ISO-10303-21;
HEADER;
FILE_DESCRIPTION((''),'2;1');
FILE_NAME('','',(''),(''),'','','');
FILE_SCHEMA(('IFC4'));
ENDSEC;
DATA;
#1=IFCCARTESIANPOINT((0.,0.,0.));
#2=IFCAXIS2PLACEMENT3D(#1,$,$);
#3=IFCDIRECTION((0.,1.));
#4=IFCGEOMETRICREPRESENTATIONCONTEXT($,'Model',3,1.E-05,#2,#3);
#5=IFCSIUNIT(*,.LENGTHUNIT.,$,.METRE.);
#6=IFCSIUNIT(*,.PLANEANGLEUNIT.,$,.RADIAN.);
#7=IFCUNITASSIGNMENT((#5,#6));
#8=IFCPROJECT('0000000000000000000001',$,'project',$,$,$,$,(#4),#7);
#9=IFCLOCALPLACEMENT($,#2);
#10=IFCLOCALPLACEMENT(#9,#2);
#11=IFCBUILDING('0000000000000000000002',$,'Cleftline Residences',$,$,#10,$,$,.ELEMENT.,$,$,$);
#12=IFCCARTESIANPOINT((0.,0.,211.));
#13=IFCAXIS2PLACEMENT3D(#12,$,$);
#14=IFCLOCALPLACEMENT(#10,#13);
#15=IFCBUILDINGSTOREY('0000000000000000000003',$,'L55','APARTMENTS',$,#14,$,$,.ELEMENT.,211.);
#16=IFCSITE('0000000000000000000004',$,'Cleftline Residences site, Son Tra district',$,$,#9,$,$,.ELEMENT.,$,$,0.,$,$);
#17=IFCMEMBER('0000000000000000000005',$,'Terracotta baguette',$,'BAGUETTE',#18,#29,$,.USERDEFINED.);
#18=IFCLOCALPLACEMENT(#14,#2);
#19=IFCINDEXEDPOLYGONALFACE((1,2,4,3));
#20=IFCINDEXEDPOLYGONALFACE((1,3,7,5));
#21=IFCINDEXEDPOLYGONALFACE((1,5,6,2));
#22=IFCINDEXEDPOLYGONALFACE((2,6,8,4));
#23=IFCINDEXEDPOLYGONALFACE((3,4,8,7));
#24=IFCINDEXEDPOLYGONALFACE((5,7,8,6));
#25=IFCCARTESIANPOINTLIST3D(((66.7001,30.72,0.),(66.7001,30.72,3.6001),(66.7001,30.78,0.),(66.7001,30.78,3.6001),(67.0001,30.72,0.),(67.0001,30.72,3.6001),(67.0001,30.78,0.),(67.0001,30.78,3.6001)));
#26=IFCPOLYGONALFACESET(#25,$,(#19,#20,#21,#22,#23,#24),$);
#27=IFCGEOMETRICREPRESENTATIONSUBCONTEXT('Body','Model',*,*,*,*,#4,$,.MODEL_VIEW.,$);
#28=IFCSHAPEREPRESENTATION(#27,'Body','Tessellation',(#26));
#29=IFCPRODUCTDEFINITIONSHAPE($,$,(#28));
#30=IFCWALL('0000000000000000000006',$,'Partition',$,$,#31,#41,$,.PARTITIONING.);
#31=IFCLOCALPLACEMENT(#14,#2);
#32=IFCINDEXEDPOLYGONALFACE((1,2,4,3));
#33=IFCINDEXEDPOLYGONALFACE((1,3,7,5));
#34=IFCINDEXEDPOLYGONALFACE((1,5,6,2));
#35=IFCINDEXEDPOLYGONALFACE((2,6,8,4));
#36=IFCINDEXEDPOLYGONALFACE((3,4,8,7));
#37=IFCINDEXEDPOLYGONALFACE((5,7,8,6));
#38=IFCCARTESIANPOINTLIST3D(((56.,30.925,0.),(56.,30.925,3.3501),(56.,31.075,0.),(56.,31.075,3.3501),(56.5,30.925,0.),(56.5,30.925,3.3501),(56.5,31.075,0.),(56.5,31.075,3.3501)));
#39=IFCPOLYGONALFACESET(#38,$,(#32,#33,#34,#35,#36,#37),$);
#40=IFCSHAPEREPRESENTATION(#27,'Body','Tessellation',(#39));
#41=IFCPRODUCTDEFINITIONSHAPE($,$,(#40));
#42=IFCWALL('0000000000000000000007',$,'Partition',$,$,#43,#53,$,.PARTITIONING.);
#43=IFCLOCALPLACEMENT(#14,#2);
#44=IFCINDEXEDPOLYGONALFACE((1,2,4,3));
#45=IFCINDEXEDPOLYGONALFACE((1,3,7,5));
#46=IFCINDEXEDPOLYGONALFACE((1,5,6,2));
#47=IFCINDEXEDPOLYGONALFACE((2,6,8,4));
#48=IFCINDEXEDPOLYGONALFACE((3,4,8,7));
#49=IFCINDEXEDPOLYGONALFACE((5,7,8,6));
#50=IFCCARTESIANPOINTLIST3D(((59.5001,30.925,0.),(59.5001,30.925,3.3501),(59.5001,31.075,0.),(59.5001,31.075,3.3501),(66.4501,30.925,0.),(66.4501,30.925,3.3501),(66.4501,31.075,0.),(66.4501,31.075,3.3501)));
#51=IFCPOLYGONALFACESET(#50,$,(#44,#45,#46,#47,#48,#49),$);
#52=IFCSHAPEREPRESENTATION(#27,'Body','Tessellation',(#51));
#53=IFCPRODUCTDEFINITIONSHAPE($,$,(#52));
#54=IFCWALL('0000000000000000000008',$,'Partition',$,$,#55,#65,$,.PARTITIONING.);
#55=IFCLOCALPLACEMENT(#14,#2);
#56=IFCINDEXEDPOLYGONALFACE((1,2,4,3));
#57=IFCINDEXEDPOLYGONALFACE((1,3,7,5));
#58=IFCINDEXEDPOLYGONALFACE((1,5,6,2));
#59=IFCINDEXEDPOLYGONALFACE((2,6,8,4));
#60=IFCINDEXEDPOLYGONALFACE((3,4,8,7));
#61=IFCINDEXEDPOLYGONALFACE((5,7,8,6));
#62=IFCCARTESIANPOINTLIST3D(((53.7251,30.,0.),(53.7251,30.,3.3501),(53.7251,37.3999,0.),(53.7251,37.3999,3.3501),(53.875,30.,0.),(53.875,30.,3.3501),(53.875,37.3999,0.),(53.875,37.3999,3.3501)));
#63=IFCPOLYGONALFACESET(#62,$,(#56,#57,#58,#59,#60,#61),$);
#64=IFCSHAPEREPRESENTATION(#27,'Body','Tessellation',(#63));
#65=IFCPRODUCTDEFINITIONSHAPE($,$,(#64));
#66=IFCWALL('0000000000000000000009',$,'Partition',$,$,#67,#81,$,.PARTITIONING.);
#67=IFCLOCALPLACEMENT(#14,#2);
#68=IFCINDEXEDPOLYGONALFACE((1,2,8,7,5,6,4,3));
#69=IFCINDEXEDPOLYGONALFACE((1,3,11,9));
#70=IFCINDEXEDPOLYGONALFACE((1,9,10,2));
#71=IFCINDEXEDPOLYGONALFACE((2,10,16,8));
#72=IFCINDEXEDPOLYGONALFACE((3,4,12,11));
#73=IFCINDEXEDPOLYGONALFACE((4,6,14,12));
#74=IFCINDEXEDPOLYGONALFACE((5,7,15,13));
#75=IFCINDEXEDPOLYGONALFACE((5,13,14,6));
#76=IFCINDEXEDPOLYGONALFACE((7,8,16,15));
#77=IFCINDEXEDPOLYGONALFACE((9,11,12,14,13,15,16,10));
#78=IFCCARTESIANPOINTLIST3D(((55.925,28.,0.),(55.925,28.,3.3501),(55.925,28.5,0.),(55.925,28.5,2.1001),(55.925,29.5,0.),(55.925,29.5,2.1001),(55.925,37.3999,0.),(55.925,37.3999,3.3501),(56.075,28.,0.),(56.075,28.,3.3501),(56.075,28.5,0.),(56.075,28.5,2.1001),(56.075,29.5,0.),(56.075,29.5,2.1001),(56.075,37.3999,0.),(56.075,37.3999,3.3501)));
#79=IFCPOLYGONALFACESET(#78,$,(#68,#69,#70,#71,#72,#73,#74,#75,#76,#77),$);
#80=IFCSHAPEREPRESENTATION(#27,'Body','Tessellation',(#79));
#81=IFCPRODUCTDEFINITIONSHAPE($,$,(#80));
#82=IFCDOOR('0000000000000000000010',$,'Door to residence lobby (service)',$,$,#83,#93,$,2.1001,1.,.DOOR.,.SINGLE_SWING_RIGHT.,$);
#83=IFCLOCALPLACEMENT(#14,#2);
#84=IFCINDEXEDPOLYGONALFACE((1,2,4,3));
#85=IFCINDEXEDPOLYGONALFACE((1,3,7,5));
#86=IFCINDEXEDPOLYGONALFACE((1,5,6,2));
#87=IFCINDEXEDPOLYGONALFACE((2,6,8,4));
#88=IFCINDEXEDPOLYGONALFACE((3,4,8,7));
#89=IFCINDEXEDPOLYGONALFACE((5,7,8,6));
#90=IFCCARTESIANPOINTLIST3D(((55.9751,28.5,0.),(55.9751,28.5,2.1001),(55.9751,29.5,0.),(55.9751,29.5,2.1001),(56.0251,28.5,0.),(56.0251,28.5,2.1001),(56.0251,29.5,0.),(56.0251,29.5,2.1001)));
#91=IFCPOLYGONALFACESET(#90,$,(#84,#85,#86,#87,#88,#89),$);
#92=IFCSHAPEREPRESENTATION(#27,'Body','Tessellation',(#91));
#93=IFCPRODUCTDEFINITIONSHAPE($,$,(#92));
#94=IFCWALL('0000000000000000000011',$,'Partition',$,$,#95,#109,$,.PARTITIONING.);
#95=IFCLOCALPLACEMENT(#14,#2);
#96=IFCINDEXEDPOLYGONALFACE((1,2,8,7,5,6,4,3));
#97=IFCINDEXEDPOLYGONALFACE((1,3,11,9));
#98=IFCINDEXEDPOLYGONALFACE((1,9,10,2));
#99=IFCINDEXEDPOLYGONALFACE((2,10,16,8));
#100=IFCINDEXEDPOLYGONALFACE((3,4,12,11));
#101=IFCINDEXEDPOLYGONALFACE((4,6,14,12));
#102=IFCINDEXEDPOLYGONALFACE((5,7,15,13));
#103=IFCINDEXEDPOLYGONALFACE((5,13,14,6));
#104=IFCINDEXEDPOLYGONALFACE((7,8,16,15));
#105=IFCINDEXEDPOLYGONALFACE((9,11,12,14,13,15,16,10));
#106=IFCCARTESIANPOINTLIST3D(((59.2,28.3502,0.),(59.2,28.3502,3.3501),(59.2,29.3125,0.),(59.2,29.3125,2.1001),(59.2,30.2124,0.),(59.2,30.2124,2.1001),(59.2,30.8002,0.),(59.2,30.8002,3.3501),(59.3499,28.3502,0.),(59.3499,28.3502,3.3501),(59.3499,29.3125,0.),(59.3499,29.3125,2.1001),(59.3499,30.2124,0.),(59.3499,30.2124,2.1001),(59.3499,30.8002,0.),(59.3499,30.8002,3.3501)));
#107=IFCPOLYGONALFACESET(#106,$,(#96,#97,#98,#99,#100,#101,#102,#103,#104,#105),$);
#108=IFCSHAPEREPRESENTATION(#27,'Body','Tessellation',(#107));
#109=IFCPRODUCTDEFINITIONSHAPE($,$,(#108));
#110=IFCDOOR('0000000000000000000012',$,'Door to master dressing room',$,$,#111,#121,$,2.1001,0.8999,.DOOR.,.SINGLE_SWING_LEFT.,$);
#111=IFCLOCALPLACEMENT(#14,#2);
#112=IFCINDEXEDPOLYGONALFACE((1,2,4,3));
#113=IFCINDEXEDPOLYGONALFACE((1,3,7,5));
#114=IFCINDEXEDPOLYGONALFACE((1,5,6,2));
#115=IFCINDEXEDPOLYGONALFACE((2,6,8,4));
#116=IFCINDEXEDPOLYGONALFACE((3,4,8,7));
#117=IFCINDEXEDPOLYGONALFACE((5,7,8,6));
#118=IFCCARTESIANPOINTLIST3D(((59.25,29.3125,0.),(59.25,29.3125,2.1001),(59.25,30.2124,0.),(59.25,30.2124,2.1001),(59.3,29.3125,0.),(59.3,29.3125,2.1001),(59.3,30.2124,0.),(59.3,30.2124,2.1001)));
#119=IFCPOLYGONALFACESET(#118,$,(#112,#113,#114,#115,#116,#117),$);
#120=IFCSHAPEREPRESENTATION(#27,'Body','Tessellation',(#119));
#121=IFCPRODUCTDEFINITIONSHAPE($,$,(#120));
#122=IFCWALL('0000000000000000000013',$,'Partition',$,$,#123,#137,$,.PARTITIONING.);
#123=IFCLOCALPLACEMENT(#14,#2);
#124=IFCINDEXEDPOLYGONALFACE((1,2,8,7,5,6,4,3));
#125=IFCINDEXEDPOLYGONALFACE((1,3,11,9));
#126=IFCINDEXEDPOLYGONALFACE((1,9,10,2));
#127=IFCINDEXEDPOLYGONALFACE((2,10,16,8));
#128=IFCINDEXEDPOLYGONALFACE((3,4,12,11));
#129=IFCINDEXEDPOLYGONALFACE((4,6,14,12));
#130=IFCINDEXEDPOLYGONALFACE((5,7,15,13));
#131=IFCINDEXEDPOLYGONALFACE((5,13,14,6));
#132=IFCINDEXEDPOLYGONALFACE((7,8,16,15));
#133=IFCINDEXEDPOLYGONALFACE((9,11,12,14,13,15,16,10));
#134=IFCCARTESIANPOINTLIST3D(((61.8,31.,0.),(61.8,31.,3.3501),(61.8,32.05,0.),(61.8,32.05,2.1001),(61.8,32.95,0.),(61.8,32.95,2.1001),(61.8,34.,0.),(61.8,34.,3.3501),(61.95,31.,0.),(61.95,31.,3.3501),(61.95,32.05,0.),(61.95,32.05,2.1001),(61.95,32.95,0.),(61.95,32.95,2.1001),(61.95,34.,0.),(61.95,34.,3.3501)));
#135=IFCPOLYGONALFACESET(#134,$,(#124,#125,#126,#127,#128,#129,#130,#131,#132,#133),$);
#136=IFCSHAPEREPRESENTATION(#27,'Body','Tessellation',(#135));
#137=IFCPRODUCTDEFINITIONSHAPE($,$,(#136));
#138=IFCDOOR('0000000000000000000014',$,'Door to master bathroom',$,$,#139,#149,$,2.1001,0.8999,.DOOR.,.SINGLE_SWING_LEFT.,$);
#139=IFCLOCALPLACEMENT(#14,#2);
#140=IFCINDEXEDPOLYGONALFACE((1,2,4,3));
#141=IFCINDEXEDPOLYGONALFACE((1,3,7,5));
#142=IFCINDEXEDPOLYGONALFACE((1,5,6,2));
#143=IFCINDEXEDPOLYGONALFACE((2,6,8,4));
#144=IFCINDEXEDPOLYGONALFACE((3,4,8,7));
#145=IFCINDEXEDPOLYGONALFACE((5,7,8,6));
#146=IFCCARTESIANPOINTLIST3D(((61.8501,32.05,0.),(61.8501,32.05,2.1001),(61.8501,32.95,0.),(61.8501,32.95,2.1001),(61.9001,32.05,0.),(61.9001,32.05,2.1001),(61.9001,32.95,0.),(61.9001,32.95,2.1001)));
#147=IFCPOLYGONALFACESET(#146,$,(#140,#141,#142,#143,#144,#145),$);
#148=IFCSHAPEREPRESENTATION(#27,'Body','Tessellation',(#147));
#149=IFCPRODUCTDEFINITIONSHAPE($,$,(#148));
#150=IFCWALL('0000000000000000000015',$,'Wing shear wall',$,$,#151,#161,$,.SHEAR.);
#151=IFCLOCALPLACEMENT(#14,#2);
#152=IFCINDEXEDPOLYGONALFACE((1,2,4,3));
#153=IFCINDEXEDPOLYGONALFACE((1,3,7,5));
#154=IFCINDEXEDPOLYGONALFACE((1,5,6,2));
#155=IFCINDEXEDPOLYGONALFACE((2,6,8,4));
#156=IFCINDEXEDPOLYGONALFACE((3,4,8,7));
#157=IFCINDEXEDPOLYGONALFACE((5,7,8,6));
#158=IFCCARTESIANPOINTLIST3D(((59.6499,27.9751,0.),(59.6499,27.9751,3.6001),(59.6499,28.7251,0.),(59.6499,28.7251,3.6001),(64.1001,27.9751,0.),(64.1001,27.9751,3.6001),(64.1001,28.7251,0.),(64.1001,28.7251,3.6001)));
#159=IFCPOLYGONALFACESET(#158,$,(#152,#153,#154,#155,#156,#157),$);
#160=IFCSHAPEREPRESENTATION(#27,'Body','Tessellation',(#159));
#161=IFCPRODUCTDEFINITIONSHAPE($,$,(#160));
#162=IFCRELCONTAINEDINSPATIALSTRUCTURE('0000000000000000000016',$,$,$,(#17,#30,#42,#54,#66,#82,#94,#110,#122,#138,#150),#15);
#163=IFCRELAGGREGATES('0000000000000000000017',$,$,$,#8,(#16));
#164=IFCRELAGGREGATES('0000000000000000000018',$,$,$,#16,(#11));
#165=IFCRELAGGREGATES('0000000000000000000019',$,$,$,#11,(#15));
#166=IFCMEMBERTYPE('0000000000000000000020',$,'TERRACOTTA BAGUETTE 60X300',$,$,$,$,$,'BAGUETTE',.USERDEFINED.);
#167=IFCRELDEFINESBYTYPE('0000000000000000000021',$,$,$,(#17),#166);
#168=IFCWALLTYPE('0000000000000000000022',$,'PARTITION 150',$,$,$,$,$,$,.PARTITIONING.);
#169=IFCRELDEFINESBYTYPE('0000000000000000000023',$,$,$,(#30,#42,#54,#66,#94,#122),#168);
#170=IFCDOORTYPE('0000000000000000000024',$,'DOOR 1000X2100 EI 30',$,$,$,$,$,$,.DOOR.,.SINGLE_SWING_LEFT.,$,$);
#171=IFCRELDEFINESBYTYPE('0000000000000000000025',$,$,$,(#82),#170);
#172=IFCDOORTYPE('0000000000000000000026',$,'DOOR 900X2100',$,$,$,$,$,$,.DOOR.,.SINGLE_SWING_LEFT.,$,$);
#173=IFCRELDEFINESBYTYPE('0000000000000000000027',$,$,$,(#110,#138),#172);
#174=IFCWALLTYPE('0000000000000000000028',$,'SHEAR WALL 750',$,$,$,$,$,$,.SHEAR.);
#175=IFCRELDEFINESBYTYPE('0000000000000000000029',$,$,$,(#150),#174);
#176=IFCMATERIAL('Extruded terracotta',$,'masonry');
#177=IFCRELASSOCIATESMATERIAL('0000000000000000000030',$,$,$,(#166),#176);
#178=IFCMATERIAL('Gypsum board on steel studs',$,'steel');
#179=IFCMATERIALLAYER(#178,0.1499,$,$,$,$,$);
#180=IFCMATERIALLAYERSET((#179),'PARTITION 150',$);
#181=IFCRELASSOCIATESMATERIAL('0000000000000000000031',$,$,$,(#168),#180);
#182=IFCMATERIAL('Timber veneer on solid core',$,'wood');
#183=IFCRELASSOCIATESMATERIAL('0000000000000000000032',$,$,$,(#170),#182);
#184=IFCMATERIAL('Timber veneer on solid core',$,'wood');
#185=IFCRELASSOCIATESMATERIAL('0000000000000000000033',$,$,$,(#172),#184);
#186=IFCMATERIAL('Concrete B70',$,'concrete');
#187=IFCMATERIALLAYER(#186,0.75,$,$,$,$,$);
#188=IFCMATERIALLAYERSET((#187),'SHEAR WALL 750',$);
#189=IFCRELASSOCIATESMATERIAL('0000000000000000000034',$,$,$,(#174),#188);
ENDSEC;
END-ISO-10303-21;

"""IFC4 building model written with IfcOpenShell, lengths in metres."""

from ifc_helpers import new_model, si_unit, direction, frame, frame_2d, origin, origin_2d, place, context, subcontext, project, spatial, rectangle, extrude, material, layer, layer_set, material_profile, profile_set, type_object, element, fill, save


model = new_model("IFC4")

# Units and contexts
model_context = context("Model", 3, precision=1e-05, world=origin(), true_north=direction((0.0, 1.0)))
body_context = subcontext(model_context, "Body", "Model", "MODEL_VIEW")
ifc_project = project(units=[si_unit("LENGTHUNIT", "METRE"), si_unit("PLANEANGLEUNIT", "RADIAN")], contexts=[model_context])

# Site, building, storey
site_placement = place(None, origin())
site = spatial("IfcSite", under=ifc_project, at=site_placement, Name="Cleftline Residences site, Son Tra district", CompositionType="ELEMENT", RefElevation=0.0)
building_placement = place(site_placement, origin())
building = spatial("IfcBuilding", under=site, at=building_placement, Name="Cleftline Residences", CompositionType="ELEMENT")
storey_placement = place(building_placement, frame((0.0, 0.0, 211.0)))
storey = spatial("IfcBuildingStorey", under=building, at=storey_placement, Name="L55", Description="APARTMENTS", CompositionType="ELEMENT", Elevation=211.0)

# Member
ifc_material_1 = material(Name="Extruded terracotta", Category="masonry")
ifc_material_profile_1 = material_profile(ifc_material_1, rectangle(XDim=0.0601, YDim=0.3, at=origin_2d()))
ifc_profile_set_1 = profile_set([ifc_material_profile_1], Name="Extruded terracotta")
member_type_1 = type_object("IfcMemberType", Name="TERRACOTTA BAGUETTE 60X300", ElementType="BAGUETTE", PredefinedType="USERDEFINED", material=ifc_profile_set_1)
for number, where, z_axis, x_axis, name in (
    (1, (66.8501, 30.75, 0.0), (0.0, 0.0, 1.0), (0.0, 1.0, 0.0), "Terracotta baguette"),
):
    element("IfcMember", number, at=place(storey_placement, frame(where, z_axis=z_axis, x_axis=x_axis)), inside=storey, type_object=member_type_1, Name=name, ObjectType="BAGUETTE", PredefinedType="USERDEFINED", context=body_context, shape_type="SweptSolid", body=[
        extrude(rectangle(XDim=0.0601, YDim=0.3, at=origin_2d()), origin(), (0.0, 0.0, 1.0), 3.6001),
    ])

# Walls
ifc_material_2 = material(Name="Gypsum board on steel studs", Category="steel")
ifc_layer_1 = layer(ifc_material_2, 0.1499)
ifc_layer_set_1 = layer_set([ifc_layer_1], Name="PARTITION 150")
wall_type_1 = type_object("IfcWallType", Name="PARTITION 150", PredefinedType="PARTITIONING", material=ifc_layer_set_1)
wall_1_placement = place(storey_placement, frame((56.0, 31.0, 0.0), z_axis=(0.0, 0.0, 1.0), x_axis=(1.0, 0.0, 0.0)))
element("IfcWall", 2, at=wall_1_placement, inside=storey, type_object=wall_type_1, Name="Partition", PredefinedType="PARTITIONING", context=body_context, shape_type="SweptSolid", body=[
    extrude(rectangle(XDim=0.5, YDim=0.1499, at=frame_2d((0.25, 0.0))), origin(), (0.0, 0.0, 1.0), 3.3501),
])
wall_2_placement = place(storey_placement, frame((59.5, 31.0, 0.0), z_axis=(0.0, 0.0, 1.0), x_axis=(1.0, 0.0, 0.0)))
element("IfcWall", 3, at=wall_2_placement, inside=storey, type_object=wall_type_1, Name="Partition", PredefinedType="PARTITIONING", context=body_context, shape_type="SweptSolid", body=[
    extrude(rectangle(XDim=6.95, YDim=0.1499, at=frame_2d((3.4751, 0.0))), origin(), (0.0, 0.0, 1.0), 3.3501),
])
wall_3_placement = place(storey_placement, frame((53.8, 30.0, 0.0), z_axis=(0.0, 0.0, 1.0), x_axis=(0.0, 1.0, 0.0)))
element("IfcWall", 4, at=wall_3_placement, inside=storey, type_object=wall_type_1, Name="Partition", PredefinedType="PARTITIONING", context=body_context, shape_type="SweptSolid", body=[
    extrude(rectangle(XDim=7.3999, YDim=0.1499, at=frame_2d((3.7, 0.0))), origin(), (0.0, 0.0, 1.0), 3.3501),
])

# Walls, openings, doors
wall_4_placement = place(storey_placement, frame((56.0, 28.0, 0.0), z_axis=(0.0, 0.0, 1.0), x_axis=(0.0, 1.0, 0.0)))
wall_4 = element("IfcWall", 5, at=wall_4_placement, inside=storey, type_object=wall_type_1, Name="Partition", PredefinedType="PARTITIONING", context=body_context, shape_type="SweptSolid", body=[
    extrude(rectangle(XDim=9.3999, YDim=0.1499, at=frame_2d((4.7, 0.0))), origin(), (0.0, 0.0, 1.0), 3.3501),
])
opening_1_placement = place(wall_4_placement, frame((0.5, 0.0, 0.0)))
opening_1 = element("IfcOpeningElement", 6, at=opening_1_placement, cuts=wall_4, PredefinedType="OPENING", context=body_context, shape_type="SweptSolid", body=[
    extrude(rectangle(XDim=1.0, YDim=2.1001, at=frame_2d((0.5, 1.05))), frame((0.0, 0.085, 0.0), z_axis=(0.0, -1.0, 0.0), x_axis=(1.0, 0.0, 0.0)), (0.0, 0.0, 1.0), 0.1699),
])
ifc_material_3 = material(Name="Timber veneer on solid core", Category="wood")
door_type_1 = type_object("IfcDoorType", Name="DOOR 1000X2100 EI 30", OperationType="SINGLE_SWING_LEFT", PredefinedType="DOOR", material=ifc_material_3)
door_1_placement = place(opening_1_placement, origin())
door_1 = element("IfcDoor", 7, at=door_1_placement, inside=storey, type_object=door_type_1, Name="Door to residence lobby (service)", OperationType="SINGLE_SWING_RIGHT", OverallHeight=2.1001, OverallWidth=1.0, PredefinedType="DOOR", context=body_context, shape_type="SweptSolid", body=[
    extrude(rectangle(XDim=1.0, YDim=2.1001, at=frame_2d((0.5, 1.05))), frame((0.0, 0.0249, 0.0), z_axis=(0.0, -1.0, 0.0), x_axis=(1.0, 0.0, 0.0)), (0.0, 0.0, 1.0), 0.05),
])
fill(opening_1, door_1)
wall_5_placement = place(storey_placement, frame((59.2749, 28.3501, 0.0), z_axis=(0.0, 0.0, 1.0), x_axis=(0.0, 1.0, 0.0)))
wall_5 = element("IfcWall", 8, at=wall_5_placement, inside=storey, type_object=wall_type_1, Name="Partition", PredefinedType="PARTITIONING", context=body_context, shape_type="SweptSolid", body=[
    extrude(rectangle(XDim=2.45, YDim=0.1499, at=frame_2d((1.2251, 0.0))), origin(), (0.0, 0.0, 1.0), 3.3501),
])
opening_2_placement = place(wall_5_placement, frame((0.9624, 0.0, 0.0)))
opening_2 = element("IfcOpeningElement", 9, at=opening_2_placement, cuts=wall_5, PredefinedType="OPENING", context=body_context, shape_type="SweptSolid", body=[
    extrude(rectangle(XDim=0.8999, YDim=2.1001, at=frame_2d((0.45, 1.05))), frame((0.0, 0.085, 0.0), z_axis=(0.0, -1.0, 0.0), x_axis=(1.0, 0.0, 0.0)), (0.0, 0.0, 1.0), 0.1699),
])
ifc_material_4 = material(Name="Timber veneer on solid core", Category="wood")
door_type_2 = type_object("IfcDoorType", Name="DOOR 900X2100", OperationType="SINGLE_SWING_LEFT", PredefinedType="DOOR", material=ifc_material_4)
door_2_placement = place(opening_2_placement, origin())
door_2 = element("IfcDoor", 10, at=door_2_placement, inside=storey, type_object=door_type_2, Name="Door to master dressing room", OperationType="SINGLE_SWING_LEFT", OverallHeight=2.1001, OverallWidth=0.8999, PredefinedType="DOOR", context=body_context, shape_type="SweptSolid", body=[
    extrude(rectangle(XDim=0.8999, YDim=2.1001, at=frame_2d((0.45, 1.05))), frame((0.0, 0.0249, 0.0), z_axis=(0.0, -1.0, 0.0), x_axis=(1.0, 0.0, 0.0)), (0.0, 0.0, 1.0), 0.05),
])
fill(opening_2, door_2)
wall_6_placement = place(storey_placement, frame((61.875, 31.0, 0.0), z_axis=(0.0, 0.0, 1.0), x_axis=(0.0, 1.0, 0.0)))
wall_6 = element("IfcWall", 11, at=wall_6_placement, inside=storey, type_object=wall_type_1, Name="Partition", PredefinedType="PARTITIONING", context=body_context, shape_type="SweptSolid", body=[
    extrude(rectangle(XDim=3.0, YDim=0.1499, at=frame_2d((1.5, 0.0))), origin(), (0.0, 0.0, 1.0), 3.3501),
])
opening_3_placement = place(wall_6_placement, frame((1.05, 0.0, 0.0)))
opening_3 = element("IfcOpeningElement", 12, at=opening_3_placement, cuts=wall_6, PredefinedType="OPENING", context=body_context, shape_type="SweptSolid", body=[
    extrude(rectangle(XDim=0.8999, YDim=2.1001, at=frame_2d((0.45, 1.05))), frame((0.0, 0.085, 0.0), z_axis=(0.0, -1.0, 0.0), x_axis=(1.0, 0.0, 0.0)), (0.0, 0.0, 1.0), 0.1699),
])
door_3_placement = place(opening_3_placement, origin())
door_3 = element("IfcDoor", 13, at=door_3_placement, inside=storey, type_object=door_type_2, Name="Door to master bathroom", OperationType="SINGLE_SWING_LEFT", OverallHeight=2.1001, OverallWidth=0.8999, PredefinedType="DOOR", context=body_context, shape_type="SweptSolid", body=[
    extrude(rectangle(XDim=0.8999, YDim=2.1001, at=frame_2d((0.45, 1.05))), frame((0.0, 0.0249, 0.0), z_axis=(0.0, -1.0, 0.0), x_axis=(1.0, 0.0, 0.0)), (0.0, 0.0, 1.0), 0.05),
])
fill(opening_3, door_3)

# Wall
ifc_material_5 = material(Name="Concrete B70", Category="concrete")
ifc_layer_2 = layer(ifc_material_5, 0.75)
ifc_layer_set_2 = layer_set([ifc_layer_2], Name="SHEAR WALL 750")
wall_type_2 = type_object("IfcWallType", Name="SHEAR WALL 750", PredefinedType="SHEAR", material=ifc_layer_set_2)
wall_7_placement = place(storey_placement, frame((64.1001, 28.3501, 0.0), z_axis=(0.0, 0.0, 1.0), x_axis=(-1.0, 0.0, 0.0)))
element("IfcWall", 14, at=wall_7_placement, inside=storey, type_object=wall_type_2, Name="Wing shear wall", PredefinedType="SHEAR", context=body_context, shape_type="SweptSolid", body=[
    extrude(rectangle(XDim=4.4502, YDim=0.75, at=frame_2d((2.2251, 0.0))), origin(), (0.0, 0.0, 1.0), 3.6001),
])

save(model, "model.ifc")
